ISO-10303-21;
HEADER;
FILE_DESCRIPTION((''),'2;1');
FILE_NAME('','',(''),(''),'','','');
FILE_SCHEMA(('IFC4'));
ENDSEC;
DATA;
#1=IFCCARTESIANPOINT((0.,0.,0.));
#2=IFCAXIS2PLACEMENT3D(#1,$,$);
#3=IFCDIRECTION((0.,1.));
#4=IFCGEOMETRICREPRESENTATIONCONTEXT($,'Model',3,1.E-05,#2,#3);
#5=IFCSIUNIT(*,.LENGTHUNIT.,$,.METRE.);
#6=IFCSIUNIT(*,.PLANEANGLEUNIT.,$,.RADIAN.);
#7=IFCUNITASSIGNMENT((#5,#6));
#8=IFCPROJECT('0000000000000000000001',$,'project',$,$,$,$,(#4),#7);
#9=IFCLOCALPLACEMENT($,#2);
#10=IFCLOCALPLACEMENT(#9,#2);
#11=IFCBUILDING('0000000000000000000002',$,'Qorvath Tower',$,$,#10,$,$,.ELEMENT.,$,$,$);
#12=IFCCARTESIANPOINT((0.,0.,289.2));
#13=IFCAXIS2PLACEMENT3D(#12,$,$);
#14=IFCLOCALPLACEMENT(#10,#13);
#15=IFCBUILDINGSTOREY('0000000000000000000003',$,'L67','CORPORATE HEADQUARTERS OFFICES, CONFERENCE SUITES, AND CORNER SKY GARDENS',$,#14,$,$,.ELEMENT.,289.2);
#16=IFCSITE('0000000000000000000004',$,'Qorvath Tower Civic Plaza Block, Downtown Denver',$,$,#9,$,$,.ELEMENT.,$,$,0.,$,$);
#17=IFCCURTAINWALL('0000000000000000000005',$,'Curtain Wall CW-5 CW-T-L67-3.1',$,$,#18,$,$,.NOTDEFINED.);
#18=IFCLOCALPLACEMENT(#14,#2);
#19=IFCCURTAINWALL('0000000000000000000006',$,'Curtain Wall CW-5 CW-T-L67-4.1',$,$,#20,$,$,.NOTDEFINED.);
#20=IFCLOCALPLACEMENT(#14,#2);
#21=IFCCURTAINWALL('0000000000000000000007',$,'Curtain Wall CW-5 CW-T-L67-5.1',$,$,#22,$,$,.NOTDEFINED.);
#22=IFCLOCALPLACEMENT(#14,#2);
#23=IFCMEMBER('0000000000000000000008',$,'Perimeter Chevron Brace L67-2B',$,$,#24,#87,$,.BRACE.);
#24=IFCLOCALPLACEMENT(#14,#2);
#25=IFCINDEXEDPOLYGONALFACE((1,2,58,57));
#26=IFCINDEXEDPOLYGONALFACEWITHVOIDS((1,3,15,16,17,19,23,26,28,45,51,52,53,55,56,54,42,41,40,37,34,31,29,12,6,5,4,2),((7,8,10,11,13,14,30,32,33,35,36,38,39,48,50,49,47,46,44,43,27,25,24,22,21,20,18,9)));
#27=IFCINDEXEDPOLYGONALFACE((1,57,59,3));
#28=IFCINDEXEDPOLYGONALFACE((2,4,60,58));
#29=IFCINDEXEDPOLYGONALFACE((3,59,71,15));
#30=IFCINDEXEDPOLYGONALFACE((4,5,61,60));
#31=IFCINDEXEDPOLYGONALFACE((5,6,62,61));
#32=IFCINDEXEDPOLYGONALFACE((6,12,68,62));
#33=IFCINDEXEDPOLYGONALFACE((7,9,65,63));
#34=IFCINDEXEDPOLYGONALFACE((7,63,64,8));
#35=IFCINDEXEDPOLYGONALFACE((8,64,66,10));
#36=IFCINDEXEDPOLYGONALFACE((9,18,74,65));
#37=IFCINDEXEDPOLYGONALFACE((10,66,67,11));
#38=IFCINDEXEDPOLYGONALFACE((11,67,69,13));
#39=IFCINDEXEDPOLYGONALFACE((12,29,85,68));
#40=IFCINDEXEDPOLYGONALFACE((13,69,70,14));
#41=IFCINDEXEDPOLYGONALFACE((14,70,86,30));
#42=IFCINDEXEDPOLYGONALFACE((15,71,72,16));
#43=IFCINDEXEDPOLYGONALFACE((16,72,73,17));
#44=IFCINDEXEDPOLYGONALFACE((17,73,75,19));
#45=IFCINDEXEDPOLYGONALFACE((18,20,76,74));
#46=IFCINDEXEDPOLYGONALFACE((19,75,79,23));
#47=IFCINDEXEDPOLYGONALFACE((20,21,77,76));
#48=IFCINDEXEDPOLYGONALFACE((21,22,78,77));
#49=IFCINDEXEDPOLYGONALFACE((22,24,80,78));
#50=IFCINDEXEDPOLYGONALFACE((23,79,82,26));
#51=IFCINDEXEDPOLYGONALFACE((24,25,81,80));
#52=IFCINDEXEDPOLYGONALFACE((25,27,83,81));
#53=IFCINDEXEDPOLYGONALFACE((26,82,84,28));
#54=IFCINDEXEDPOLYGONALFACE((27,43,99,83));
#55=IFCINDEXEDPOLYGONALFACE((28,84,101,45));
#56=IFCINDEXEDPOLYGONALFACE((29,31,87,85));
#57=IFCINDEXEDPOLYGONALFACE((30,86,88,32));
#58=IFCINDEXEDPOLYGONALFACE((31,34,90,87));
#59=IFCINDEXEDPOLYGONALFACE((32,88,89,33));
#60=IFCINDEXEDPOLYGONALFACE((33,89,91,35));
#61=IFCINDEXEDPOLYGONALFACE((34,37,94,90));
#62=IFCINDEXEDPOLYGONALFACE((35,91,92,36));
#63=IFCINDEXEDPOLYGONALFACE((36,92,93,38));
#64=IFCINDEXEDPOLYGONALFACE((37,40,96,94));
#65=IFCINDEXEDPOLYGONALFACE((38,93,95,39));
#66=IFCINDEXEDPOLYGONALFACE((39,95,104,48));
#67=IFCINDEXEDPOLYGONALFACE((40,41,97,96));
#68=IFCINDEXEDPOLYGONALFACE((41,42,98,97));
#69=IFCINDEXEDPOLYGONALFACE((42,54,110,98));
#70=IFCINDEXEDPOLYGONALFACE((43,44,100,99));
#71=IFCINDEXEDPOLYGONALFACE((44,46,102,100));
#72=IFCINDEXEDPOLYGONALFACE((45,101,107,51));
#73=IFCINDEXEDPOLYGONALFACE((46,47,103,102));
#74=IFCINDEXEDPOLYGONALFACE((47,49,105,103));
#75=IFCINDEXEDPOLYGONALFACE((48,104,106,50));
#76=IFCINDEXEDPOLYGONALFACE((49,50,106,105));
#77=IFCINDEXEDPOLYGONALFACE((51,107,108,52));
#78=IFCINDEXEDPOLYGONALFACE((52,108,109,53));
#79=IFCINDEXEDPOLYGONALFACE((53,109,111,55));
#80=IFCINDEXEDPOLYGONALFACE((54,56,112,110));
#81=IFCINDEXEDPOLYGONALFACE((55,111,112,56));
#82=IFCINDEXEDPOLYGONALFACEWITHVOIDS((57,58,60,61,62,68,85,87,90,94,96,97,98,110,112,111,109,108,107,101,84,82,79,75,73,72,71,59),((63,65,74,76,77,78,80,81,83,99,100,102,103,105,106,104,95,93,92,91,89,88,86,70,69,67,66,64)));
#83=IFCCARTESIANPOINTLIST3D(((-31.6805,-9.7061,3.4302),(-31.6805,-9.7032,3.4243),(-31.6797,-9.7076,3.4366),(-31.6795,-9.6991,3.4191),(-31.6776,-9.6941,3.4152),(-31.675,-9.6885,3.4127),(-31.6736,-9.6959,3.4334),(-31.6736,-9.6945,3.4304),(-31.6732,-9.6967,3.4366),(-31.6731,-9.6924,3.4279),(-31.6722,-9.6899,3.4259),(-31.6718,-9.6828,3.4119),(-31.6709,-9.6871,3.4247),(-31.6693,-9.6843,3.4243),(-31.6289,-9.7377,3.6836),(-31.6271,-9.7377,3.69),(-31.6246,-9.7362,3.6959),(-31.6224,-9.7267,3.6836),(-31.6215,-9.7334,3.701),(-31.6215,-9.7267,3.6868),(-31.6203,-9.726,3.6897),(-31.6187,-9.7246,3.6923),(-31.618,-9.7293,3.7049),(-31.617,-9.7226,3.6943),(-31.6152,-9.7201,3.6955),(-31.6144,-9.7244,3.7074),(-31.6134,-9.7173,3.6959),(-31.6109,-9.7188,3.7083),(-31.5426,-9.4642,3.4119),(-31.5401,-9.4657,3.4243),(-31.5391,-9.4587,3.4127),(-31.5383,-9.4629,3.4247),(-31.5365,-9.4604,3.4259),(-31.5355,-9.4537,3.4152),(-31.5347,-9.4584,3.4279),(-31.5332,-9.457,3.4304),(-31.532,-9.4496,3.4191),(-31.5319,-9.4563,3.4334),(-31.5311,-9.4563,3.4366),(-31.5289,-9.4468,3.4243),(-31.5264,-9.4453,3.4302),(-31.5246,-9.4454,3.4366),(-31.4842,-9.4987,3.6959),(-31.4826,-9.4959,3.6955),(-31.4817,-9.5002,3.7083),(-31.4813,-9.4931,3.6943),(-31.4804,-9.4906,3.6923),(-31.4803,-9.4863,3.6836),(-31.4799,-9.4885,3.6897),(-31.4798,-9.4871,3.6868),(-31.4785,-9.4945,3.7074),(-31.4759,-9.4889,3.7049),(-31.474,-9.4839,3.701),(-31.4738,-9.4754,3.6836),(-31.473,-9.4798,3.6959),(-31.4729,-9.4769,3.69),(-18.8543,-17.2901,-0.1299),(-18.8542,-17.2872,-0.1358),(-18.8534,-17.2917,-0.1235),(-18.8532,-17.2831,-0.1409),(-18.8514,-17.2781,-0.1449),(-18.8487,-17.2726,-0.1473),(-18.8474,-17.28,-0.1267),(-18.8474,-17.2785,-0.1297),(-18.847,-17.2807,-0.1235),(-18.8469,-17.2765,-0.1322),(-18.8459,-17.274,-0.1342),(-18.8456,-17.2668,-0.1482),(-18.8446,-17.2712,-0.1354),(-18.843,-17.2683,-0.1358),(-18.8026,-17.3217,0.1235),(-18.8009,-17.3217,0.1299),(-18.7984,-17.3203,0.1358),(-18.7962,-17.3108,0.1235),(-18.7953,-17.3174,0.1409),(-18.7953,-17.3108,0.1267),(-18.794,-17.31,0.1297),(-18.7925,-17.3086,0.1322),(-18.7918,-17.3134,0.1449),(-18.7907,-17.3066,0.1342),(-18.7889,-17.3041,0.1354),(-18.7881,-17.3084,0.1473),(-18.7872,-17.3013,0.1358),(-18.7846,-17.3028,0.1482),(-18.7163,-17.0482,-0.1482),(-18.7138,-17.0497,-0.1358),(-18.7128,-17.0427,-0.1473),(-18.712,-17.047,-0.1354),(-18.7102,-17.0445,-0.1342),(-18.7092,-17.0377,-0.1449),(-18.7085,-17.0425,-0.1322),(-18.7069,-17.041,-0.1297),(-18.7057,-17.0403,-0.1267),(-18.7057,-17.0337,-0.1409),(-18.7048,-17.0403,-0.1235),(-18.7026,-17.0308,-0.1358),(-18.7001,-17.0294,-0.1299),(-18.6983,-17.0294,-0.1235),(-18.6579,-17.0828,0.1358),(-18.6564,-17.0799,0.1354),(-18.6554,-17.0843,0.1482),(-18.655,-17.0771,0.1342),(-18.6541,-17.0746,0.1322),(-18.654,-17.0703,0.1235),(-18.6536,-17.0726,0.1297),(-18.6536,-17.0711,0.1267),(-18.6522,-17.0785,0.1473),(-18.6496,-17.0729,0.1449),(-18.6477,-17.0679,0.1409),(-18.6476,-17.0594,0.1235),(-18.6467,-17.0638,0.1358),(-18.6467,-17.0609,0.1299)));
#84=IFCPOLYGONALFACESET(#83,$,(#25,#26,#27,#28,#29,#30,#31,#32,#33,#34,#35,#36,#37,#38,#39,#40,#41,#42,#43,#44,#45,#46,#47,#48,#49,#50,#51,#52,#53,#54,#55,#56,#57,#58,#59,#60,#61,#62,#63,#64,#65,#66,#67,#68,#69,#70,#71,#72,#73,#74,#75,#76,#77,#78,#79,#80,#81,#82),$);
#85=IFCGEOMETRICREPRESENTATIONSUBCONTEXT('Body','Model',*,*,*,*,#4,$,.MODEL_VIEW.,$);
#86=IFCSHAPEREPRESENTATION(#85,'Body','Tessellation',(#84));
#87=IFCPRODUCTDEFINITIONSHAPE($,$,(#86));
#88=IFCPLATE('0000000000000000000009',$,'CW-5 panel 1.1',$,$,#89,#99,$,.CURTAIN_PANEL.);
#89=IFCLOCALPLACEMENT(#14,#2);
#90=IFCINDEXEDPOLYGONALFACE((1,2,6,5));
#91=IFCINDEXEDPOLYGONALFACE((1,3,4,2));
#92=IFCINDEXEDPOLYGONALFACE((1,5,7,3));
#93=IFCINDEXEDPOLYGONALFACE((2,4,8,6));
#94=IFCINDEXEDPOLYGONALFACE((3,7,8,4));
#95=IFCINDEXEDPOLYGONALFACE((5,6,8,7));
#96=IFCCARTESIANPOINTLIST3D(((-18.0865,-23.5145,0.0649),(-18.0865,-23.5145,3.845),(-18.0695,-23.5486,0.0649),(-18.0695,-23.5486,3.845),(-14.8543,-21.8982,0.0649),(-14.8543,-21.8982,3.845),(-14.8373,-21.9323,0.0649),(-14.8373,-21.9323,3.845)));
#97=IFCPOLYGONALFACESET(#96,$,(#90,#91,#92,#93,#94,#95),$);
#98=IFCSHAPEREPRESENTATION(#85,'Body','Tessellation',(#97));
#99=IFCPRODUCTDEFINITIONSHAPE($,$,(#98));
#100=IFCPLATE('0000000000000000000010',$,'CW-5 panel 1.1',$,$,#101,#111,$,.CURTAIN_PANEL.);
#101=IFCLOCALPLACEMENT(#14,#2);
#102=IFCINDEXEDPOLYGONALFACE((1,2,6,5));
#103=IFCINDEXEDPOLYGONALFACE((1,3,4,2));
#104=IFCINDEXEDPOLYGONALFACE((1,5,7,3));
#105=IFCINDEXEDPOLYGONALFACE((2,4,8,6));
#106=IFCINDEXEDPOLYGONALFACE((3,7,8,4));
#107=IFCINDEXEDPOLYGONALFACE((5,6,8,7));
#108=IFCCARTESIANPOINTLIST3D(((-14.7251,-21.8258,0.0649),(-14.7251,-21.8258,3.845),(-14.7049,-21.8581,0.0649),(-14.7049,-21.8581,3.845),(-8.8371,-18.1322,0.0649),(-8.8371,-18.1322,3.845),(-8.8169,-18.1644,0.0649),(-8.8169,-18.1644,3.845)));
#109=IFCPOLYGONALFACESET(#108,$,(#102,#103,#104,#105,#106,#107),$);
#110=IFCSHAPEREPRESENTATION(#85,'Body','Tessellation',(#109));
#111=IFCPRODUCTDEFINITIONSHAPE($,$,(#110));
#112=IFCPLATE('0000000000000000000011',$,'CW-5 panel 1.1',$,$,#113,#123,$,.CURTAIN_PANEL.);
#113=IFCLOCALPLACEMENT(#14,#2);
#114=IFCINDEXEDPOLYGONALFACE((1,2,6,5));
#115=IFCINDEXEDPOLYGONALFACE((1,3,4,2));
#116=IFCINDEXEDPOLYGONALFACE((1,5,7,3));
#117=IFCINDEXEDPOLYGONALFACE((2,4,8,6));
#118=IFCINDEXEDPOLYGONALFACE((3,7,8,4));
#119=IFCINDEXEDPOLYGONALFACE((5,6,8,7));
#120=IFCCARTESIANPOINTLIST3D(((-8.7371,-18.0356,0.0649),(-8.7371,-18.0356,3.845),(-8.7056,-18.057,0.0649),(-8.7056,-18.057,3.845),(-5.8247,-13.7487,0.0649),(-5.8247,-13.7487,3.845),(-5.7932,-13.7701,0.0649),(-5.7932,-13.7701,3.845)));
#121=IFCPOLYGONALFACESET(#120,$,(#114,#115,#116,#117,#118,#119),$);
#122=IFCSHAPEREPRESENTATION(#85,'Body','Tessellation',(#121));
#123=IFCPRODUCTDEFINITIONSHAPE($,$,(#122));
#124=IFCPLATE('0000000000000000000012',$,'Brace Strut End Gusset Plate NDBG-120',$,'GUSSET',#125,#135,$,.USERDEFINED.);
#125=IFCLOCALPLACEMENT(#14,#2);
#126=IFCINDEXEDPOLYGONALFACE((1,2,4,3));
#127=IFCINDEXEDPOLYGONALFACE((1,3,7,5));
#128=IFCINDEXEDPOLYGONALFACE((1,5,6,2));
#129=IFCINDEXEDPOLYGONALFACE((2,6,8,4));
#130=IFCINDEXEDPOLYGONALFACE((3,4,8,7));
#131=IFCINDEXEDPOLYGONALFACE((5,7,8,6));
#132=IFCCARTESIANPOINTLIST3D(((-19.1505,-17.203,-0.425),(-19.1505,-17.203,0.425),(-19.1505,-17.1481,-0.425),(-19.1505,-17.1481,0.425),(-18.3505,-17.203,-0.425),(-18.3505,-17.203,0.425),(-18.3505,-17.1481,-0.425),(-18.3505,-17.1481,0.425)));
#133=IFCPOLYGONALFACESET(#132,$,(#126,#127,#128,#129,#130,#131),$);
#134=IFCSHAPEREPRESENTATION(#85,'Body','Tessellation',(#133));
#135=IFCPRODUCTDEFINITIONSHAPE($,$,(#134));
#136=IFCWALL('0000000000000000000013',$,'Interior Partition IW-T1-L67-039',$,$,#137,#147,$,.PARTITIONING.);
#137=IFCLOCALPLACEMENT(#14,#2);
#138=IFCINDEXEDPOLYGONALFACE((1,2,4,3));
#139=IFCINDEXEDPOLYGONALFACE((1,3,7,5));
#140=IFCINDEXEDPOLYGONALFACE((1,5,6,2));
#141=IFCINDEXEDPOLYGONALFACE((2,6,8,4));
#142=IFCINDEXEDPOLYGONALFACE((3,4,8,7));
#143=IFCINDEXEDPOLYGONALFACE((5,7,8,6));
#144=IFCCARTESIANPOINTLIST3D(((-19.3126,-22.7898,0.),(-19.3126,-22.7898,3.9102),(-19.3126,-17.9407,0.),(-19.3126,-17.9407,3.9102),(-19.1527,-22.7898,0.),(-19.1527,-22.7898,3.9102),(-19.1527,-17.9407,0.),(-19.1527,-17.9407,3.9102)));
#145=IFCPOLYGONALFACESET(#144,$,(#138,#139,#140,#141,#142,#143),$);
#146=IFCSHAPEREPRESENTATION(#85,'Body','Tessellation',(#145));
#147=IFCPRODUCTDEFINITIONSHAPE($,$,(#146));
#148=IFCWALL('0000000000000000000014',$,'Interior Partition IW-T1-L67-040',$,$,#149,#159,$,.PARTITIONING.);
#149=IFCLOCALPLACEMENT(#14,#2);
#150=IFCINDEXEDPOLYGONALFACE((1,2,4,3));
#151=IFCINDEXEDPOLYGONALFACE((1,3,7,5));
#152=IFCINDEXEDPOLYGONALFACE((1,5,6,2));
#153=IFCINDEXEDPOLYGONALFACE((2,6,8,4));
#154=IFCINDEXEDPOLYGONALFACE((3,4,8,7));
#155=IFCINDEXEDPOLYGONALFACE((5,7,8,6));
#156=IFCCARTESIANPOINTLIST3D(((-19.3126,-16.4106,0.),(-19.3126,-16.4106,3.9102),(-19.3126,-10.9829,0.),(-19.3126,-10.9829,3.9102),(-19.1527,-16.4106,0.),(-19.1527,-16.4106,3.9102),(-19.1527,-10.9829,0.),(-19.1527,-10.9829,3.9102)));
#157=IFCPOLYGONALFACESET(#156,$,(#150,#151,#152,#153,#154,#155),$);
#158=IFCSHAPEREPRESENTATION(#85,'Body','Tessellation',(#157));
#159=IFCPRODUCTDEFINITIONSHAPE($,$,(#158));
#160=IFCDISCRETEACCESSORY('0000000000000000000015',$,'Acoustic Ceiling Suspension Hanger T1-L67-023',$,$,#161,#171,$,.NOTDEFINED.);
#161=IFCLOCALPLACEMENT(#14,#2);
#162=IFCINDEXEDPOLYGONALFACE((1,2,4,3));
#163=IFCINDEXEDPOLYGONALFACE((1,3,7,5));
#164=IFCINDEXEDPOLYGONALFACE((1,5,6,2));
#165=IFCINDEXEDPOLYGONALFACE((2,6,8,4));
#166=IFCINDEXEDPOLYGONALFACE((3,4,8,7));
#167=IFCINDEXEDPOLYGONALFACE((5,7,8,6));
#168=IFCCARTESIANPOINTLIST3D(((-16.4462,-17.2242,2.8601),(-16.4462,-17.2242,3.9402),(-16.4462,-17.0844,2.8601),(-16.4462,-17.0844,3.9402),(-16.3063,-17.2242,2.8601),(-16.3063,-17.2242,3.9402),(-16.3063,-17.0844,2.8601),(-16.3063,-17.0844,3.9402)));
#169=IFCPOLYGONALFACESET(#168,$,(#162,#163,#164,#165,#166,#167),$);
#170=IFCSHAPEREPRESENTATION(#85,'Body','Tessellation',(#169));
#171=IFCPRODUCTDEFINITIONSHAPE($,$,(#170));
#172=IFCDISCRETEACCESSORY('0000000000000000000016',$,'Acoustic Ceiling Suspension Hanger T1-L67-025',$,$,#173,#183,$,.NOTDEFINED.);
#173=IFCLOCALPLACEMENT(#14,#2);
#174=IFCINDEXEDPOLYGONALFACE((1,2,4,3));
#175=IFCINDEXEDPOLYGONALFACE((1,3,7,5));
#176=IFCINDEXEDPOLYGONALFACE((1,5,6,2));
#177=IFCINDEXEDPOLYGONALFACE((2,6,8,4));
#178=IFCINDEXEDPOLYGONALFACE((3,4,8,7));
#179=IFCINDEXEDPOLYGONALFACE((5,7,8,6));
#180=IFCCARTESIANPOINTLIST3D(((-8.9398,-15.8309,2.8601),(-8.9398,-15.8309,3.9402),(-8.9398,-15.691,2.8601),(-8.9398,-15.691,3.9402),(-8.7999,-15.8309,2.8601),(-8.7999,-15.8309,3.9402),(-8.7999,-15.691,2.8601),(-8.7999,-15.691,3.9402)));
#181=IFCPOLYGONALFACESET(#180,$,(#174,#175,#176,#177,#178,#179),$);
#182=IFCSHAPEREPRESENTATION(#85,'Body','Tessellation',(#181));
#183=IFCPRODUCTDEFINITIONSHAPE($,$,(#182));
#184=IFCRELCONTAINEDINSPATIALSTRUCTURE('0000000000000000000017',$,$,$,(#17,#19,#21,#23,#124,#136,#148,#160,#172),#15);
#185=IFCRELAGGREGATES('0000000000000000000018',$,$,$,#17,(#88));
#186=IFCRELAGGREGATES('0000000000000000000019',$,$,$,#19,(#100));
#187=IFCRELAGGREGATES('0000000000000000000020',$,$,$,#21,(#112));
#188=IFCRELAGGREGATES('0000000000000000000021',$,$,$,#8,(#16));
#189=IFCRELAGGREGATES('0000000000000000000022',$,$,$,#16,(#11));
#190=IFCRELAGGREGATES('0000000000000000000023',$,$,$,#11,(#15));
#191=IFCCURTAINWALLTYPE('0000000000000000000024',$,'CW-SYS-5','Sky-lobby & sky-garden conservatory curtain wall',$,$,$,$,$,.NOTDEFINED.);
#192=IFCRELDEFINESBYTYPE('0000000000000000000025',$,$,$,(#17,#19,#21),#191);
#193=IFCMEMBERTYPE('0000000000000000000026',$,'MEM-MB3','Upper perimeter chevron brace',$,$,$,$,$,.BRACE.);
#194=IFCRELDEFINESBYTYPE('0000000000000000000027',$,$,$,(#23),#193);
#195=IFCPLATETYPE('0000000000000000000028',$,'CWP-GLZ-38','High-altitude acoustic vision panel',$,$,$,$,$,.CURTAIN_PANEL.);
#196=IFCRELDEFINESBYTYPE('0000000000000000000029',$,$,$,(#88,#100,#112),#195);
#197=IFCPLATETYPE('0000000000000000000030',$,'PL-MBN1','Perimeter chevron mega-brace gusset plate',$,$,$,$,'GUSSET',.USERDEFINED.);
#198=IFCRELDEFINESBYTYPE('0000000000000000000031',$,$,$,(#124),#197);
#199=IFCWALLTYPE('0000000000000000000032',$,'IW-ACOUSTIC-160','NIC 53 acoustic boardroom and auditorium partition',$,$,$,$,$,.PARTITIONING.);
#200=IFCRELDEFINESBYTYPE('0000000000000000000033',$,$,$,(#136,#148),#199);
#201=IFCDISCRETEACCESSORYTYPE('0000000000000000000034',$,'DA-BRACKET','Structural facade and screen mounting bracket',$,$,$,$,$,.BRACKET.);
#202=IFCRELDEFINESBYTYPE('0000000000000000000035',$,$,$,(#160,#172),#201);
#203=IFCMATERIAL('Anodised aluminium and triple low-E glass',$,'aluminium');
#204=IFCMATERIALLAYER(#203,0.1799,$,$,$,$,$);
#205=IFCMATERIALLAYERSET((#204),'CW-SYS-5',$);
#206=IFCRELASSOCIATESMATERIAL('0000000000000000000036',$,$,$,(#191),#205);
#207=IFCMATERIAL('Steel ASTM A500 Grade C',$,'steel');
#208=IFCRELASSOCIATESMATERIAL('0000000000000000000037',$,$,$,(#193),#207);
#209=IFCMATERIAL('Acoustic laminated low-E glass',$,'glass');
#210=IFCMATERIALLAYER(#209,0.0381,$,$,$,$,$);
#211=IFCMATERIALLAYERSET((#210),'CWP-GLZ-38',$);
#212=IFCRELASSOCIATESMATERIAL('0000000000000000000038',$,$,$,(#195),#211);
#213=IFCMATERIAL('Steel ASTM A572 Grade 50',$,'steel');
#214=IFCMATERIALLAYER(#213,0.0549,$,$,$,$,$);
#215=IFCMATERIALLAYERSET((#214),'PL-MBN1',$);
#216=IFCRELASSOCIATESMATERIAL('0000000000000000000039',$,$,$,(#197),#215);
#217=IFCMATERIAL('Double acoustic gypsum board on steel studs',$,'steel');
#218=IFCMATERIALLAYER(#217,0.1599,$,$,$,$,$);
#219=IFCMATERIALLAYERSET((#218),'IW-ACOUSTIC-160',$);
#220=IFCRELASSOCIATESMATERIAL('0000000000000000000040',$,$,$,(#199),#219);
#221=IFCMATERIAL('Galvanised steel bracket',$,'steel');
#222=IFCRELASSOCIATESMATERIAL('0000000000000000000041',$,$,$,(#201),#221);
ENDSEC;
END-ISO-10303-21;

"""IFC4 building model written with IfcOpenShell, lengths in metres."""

from ifc_helpers import new_model, si_unit, direction, frame, frame_2d, origin, origin_2d, place, context, subcontext, project, spatial, rectangle, hollow_rectangle, extrude, material, layer, layer_set, material_profile, profile_set, type_object, element, aggregate, save


model = new_model("IFC4")

# Units and contexts
model_context = context("Model", 3, precision=1e-05, world=origin(), true_north=direction((0.0, 1.0)))
body_context = subcontext(model_context, "Body", "Model", "MODEL_VIEW")
ifc_project = project(units=[si_unit("LENGTHUNIT", "METRE"), si_unit("PLANEANGLEUNIT", "RADIAN")], contexts=[model_context])

# Site, building, storey
site_placement = place(None, origin())
site = spatial("IfcSite", under=ifc_project, at=site_placement, Name="Qorvath Tower Civic Plaza Block, Downtown Denver", CompositionType="ELEMENT", RefElevation=0.0)
building_placement = place(site_placement, origin())
building = spatial("IfcBuilding", under=site, at=building_placement, Name="Qorvath Tower", CompositionType="ELEMENT")
storey_placement = place(building_placement, frame((0.0, 0.0, 289.2)))
storey = spatial("IfcBuildingStorey", under=building, at=storey_placement, Name="L67", Description="CORPORATE HEADQUARTERS OFFICES, CONFERENCE SUITES, AND CORNER SKY GARDENS", CompositionType="ELEMENT", Elevation=289.2)

# Shared definitions
ifc_material_1 = material(Name="Anodised aluminium and triple low-E glass", Category="aluminium")
ifc_layer_1 = layer(ifc_material_1, 0.1799)
ifc_layer_set_1 = layer_set([ifc_layer_1], Name="CW-SYS-5")
curtain_wall_type = type_object("IfcCurtainWallType", Name="CW-SYS-5", Description="Sky-lobby & sky-garden conservatory curtain wall", PredefinedType="NOTDEFINED", material=ifc_layer_set_1)

# Curtain walls
curtain_wall_1_placement = place(storey_placement, origin())
curtain_wall_1 = element("IfcCurtainWall", 1, at=curtain_wall_1_placement, inside=storey, type_object=curtain_wall_type, Name="Curtain Wall CW-5 CW-T-L67-3.1", PredefinedType="NOTDEFINED")
curtain_wall_2_placement = place(storey_placement, origin())
curtain_wall_2 = element("IfcCurtainWall", 2, at=curtain_wall_2_placement, inside=storey, type_object=curtain_wall_type, Name="Curtain Wall CW-5 CW-T-L67-4.1", PredefinedType="NOTDEFINED")
curtain_wall_3_placement = place(storey_placement, origin())
curtain_wall_3 = element("IfcCurtainWall", 3, at=curtain_wall_3_placement, inside=storey, type_object=curtain_wall_type, Name="Curtain Wall CW-5 CW-T-L67-5.1", PredefinedType="NOTDEFINED")

# Member
ifc_material_2 = material(Name="Steel ASTM A500 Grade C", Category="steel")
ifc_material_profile_1 = material_profile(ifc_material_2, hollow_rectangle(XDim=0.3047, YDim=0.3047, WallThickness=0.0127, InnerFilletRadius=0.0127, OuterFilletRadius=0.0254, at=origin_2d()), Name="HSS 305x305x12.7")
ifc_profile_set_1 = profile_set([ifc_material_profile_1], Name="Steel ASTM A500 Grade C")
member_type_1 = type_object("IfcMemberType", Name="MEM-MB3", Description="Upper perimeter chevron brace", PredefinedType="BRACE", material=ifc_profile_set_1)
member_1_placement = place(storey_placement, frame((-18.7505, -17.1755, 0.0), z_axis=(-0.837219, 0.495039, 0.23238), x_axis=(-0.508972, -0.860783, 0.0)))
element("IfcMember", 4, at=member_1_placement, inside=storey, type_object=member_type_1, Name="Perimeter Chevron Brace L67-2B", PredefinedType="BRACE", context=body_context, shape_type="SweptSolid", body=[
    extrude(hollow_rectangle(XDim=0.3047, YDim=0.3047, WallThickness=0.0127, InnerFilletRadius=0.0127, OuterFilletRadius=0.0254, at=origin_2d()), origin(), (0.0, 0.0, 1.0), 15.3201),
])

# Plates
ifc_material_3 = material(Name="Acoustic laminated low-E glass", Category="glass")
ifc_layer_2 = layer(ifc_material_3, 0.0381)
ifc_layer_set_2 = layer_set([ifc_layer_2], Name="CWP-GLZ-38")
plate_type_1 = type_object("IfcPlateType", Name="CWP-GLZ-38", Description="High-altitude acoustic vision panel", PredefinedType="CURTAIN_PANEL", material=ifc_layer_set_2)
plate_1_placement = place(storey_placement, frame((-16.4619, -22.7234, 0.0649), z_axis=(0.0, 0.0, 1.0), x_axis=(0.894406, 0.447256, 0.0)))
plate_1 = element("IfcPlate", 5, at=plate_1_placement, type_object=plate_type_1, Name="CW-5 panel 1.1", PredefinedType="CURTAIN_PANEL", context=body_context, shape_type="SweptSolid", body=[
    extrude(rectangle(XDim=3.6138, YDim=0.0381, at=origin_2d()), origin(), (0.0, 0.0, 1.0), 3.78),
])
aggregate(curtain_wall_1, [plate_1])
plate_2_placement = place(storey_placement, frame((-11.771, -19.9951, 0.0649), z_axis=(0.0, 0.0, 1.0), x_axis=(0.847117, 0.531406, 0.0)))
plate_2 = element("IfcPlate", 6, at=plate_2_placement, type_object=plate_type_1, Name="CW-5 panel 1.1", PredefinedType="CURTAIN_PANEL", context=body_context, shape_type="SweptSolid", body=[
    extrude(rectangle(XDim=6.9507, YDim=0.0381, at=origin_2d()), origin(), (0.0, 0.0, 1.0), 3.78),
])
aggregate(curtain_wall_2, [plate_2])
plate_3_placement = place(storey_placement, frame((-7.2651, -15.9028, 0.0649), z_axis=(0.0, 0.0, 1.0), x_axis=(0.561949, 0.827172, 0.0)))
plate_3 = element("IfcPlate", 7, at=plate_3_placement, type_object=plate_type_1, Name="CW-5 panel 1.1", PredefinedType="CURTAIN_PANEL", context=body_context, shape_type="SweptSolid", body=[
    extrude(rectangle(XDim=5.1826, YDim=0.0381, at=origin_2d()), origin(), (0.0, 0.0, 1.0), 3.78),
])
aggregate(curtain_wall_3, [plate_3])
ifc_material_4 = material(Name="Steel ASTM A572 Grade 50", Category="steel")
ifc_layer_3 = layer(ifc_material_4, 0.0549)
ifc_layer_set_3 = layer_set([ifc_layer_3], Name="PL-MBN1")
plate_type_2 = type_object("IfcPlateType", Name="PL-MBN1", Description="Perimeter chevron mega-brace gusset plate", ElementType="GUSSET", PredefinedType="USERDEFINED", material=ifc_layer_set_3)
plate_4_placement = place(storey_placement, frame((-18.7505, -17.1755, -0.425), z_axis=(0.0, 0.0, 1.0), x_axis=(1.0, 0.0, 0.0)))
element("IfcPlate", 8, at=plate_4_placement, inside=storey, type_object=plate_type_2, Name="Brace Strut End Gusset Plate NDBG-120", ObjectType="GUSSET", PredefinedType="USERDEFINED", context=body_context, shape_type="SweptSolid", body=[
    extrude(rectangle(XDim=0.8, YDim=0.0549, at=origin_2d()), origin(), (0.0, 0.0, 1.0), 0.8501),
])

# Walls
ifc_material_5 = material(Name="Double acoustic gypsum board on steel studs", Category="steel")
ifc_layer_4 = layer(ifc_material_5, 0.1599)
ifc_layer_set_4 = layer_set([ifc_layer_4], Name="IW-ACOUSTIC-160")
wall_type = type_object("IfcWallType", Name="IW-ACOUSTIC-160", Description="NIC 53 acoustic boardroom and auditorium partition", PredefinedType="PARTITIONING", material=ifc_layer_set_4)
wall_1_placement = place(storey_placement, frame((-19.2327, -22.7898, 0.0), z_axis=(0.0, 0.0, 1.0), x_axis=(0.0, 1.0, 0.0)))
element("IfcWall", 9, at=wall_1_placement, inside=storey, type_object=wall_type, Name="Interior Partition IW-T1-L67-039", PredefinedType="PARTITIONING", context=body_context, shape_type="SweptSolid", body=[
    extrude(rectangle(XDim=4.8491, YDim=0.1599, at=frame_2d((2.4246, 0.0))), origin(), (0.0, 0.0, 1.0), 3.9102),
])
wall_2_placement = place(storey_placement, frame((-19.2327, -16.4106, 0.0), z_axis=(0.0, 0.0, 1.0), x_axis=(0.0, 1.0, 0.0)))
element("IfcWall", 10, at=wall_2_placement, inside=storey, type_object=wall_type, Name="Interior Partition IW-T1-L67-040", PredefinedType="PARTITIONING", context=body_context, shape_type="SweptSolid", body=[
    extrude(rectangle(XDim=5.4277, YDim=0.1599, at=frame_2d((2.7139, 0.0))), origin(), (0.0, 0.0, 1.0), 3.9102),
])

# Discrete accessories
ifc_material_6 = material(Name="Galvanised steel bracket", Category="steel")
discrete_accessory_type = type_object("IfcDiscreteAccessoryType", Name="DA-BRACKET", Description="Structural facade and screen mounting bracket", PredefinedType="BRACKET", material=ifc_material_6)
for number, where, z_axis, x_axis, name in (
    (11, (-16.3762, -17.1543, 2.8601), (0.0, 0.0, 1.0), (1.0, 0.0, 0.0), "Acoustic Ceiling Suspension Hanger T1-L67-023"),
    (12, (-8.8699, -15.761, 2.8601), (0.0, 0.0, 1.0), (1.0, 0.0, 0.0), "Acoustic Ceiling Suspension Hanger T1-L67-025"),
):
    element("IfcDiscreteAccessory", number, at=place(storey_placement, frame(where, z_axis=z_axis, x_axis=x_axis)), inside=storey, type_object=discrete_accessory_type, Name=name, PredefinedType="NOTDEFINED", context=body_context, shape_type="SweptSolid", body=[
        extrude(rectangle(XDim=0.1399, YDim=0.1399, at=origin_2d()), origin(), (0.0, 0.0, 1.0), 1.0801),
    ])

save(model, "model.ifc")
